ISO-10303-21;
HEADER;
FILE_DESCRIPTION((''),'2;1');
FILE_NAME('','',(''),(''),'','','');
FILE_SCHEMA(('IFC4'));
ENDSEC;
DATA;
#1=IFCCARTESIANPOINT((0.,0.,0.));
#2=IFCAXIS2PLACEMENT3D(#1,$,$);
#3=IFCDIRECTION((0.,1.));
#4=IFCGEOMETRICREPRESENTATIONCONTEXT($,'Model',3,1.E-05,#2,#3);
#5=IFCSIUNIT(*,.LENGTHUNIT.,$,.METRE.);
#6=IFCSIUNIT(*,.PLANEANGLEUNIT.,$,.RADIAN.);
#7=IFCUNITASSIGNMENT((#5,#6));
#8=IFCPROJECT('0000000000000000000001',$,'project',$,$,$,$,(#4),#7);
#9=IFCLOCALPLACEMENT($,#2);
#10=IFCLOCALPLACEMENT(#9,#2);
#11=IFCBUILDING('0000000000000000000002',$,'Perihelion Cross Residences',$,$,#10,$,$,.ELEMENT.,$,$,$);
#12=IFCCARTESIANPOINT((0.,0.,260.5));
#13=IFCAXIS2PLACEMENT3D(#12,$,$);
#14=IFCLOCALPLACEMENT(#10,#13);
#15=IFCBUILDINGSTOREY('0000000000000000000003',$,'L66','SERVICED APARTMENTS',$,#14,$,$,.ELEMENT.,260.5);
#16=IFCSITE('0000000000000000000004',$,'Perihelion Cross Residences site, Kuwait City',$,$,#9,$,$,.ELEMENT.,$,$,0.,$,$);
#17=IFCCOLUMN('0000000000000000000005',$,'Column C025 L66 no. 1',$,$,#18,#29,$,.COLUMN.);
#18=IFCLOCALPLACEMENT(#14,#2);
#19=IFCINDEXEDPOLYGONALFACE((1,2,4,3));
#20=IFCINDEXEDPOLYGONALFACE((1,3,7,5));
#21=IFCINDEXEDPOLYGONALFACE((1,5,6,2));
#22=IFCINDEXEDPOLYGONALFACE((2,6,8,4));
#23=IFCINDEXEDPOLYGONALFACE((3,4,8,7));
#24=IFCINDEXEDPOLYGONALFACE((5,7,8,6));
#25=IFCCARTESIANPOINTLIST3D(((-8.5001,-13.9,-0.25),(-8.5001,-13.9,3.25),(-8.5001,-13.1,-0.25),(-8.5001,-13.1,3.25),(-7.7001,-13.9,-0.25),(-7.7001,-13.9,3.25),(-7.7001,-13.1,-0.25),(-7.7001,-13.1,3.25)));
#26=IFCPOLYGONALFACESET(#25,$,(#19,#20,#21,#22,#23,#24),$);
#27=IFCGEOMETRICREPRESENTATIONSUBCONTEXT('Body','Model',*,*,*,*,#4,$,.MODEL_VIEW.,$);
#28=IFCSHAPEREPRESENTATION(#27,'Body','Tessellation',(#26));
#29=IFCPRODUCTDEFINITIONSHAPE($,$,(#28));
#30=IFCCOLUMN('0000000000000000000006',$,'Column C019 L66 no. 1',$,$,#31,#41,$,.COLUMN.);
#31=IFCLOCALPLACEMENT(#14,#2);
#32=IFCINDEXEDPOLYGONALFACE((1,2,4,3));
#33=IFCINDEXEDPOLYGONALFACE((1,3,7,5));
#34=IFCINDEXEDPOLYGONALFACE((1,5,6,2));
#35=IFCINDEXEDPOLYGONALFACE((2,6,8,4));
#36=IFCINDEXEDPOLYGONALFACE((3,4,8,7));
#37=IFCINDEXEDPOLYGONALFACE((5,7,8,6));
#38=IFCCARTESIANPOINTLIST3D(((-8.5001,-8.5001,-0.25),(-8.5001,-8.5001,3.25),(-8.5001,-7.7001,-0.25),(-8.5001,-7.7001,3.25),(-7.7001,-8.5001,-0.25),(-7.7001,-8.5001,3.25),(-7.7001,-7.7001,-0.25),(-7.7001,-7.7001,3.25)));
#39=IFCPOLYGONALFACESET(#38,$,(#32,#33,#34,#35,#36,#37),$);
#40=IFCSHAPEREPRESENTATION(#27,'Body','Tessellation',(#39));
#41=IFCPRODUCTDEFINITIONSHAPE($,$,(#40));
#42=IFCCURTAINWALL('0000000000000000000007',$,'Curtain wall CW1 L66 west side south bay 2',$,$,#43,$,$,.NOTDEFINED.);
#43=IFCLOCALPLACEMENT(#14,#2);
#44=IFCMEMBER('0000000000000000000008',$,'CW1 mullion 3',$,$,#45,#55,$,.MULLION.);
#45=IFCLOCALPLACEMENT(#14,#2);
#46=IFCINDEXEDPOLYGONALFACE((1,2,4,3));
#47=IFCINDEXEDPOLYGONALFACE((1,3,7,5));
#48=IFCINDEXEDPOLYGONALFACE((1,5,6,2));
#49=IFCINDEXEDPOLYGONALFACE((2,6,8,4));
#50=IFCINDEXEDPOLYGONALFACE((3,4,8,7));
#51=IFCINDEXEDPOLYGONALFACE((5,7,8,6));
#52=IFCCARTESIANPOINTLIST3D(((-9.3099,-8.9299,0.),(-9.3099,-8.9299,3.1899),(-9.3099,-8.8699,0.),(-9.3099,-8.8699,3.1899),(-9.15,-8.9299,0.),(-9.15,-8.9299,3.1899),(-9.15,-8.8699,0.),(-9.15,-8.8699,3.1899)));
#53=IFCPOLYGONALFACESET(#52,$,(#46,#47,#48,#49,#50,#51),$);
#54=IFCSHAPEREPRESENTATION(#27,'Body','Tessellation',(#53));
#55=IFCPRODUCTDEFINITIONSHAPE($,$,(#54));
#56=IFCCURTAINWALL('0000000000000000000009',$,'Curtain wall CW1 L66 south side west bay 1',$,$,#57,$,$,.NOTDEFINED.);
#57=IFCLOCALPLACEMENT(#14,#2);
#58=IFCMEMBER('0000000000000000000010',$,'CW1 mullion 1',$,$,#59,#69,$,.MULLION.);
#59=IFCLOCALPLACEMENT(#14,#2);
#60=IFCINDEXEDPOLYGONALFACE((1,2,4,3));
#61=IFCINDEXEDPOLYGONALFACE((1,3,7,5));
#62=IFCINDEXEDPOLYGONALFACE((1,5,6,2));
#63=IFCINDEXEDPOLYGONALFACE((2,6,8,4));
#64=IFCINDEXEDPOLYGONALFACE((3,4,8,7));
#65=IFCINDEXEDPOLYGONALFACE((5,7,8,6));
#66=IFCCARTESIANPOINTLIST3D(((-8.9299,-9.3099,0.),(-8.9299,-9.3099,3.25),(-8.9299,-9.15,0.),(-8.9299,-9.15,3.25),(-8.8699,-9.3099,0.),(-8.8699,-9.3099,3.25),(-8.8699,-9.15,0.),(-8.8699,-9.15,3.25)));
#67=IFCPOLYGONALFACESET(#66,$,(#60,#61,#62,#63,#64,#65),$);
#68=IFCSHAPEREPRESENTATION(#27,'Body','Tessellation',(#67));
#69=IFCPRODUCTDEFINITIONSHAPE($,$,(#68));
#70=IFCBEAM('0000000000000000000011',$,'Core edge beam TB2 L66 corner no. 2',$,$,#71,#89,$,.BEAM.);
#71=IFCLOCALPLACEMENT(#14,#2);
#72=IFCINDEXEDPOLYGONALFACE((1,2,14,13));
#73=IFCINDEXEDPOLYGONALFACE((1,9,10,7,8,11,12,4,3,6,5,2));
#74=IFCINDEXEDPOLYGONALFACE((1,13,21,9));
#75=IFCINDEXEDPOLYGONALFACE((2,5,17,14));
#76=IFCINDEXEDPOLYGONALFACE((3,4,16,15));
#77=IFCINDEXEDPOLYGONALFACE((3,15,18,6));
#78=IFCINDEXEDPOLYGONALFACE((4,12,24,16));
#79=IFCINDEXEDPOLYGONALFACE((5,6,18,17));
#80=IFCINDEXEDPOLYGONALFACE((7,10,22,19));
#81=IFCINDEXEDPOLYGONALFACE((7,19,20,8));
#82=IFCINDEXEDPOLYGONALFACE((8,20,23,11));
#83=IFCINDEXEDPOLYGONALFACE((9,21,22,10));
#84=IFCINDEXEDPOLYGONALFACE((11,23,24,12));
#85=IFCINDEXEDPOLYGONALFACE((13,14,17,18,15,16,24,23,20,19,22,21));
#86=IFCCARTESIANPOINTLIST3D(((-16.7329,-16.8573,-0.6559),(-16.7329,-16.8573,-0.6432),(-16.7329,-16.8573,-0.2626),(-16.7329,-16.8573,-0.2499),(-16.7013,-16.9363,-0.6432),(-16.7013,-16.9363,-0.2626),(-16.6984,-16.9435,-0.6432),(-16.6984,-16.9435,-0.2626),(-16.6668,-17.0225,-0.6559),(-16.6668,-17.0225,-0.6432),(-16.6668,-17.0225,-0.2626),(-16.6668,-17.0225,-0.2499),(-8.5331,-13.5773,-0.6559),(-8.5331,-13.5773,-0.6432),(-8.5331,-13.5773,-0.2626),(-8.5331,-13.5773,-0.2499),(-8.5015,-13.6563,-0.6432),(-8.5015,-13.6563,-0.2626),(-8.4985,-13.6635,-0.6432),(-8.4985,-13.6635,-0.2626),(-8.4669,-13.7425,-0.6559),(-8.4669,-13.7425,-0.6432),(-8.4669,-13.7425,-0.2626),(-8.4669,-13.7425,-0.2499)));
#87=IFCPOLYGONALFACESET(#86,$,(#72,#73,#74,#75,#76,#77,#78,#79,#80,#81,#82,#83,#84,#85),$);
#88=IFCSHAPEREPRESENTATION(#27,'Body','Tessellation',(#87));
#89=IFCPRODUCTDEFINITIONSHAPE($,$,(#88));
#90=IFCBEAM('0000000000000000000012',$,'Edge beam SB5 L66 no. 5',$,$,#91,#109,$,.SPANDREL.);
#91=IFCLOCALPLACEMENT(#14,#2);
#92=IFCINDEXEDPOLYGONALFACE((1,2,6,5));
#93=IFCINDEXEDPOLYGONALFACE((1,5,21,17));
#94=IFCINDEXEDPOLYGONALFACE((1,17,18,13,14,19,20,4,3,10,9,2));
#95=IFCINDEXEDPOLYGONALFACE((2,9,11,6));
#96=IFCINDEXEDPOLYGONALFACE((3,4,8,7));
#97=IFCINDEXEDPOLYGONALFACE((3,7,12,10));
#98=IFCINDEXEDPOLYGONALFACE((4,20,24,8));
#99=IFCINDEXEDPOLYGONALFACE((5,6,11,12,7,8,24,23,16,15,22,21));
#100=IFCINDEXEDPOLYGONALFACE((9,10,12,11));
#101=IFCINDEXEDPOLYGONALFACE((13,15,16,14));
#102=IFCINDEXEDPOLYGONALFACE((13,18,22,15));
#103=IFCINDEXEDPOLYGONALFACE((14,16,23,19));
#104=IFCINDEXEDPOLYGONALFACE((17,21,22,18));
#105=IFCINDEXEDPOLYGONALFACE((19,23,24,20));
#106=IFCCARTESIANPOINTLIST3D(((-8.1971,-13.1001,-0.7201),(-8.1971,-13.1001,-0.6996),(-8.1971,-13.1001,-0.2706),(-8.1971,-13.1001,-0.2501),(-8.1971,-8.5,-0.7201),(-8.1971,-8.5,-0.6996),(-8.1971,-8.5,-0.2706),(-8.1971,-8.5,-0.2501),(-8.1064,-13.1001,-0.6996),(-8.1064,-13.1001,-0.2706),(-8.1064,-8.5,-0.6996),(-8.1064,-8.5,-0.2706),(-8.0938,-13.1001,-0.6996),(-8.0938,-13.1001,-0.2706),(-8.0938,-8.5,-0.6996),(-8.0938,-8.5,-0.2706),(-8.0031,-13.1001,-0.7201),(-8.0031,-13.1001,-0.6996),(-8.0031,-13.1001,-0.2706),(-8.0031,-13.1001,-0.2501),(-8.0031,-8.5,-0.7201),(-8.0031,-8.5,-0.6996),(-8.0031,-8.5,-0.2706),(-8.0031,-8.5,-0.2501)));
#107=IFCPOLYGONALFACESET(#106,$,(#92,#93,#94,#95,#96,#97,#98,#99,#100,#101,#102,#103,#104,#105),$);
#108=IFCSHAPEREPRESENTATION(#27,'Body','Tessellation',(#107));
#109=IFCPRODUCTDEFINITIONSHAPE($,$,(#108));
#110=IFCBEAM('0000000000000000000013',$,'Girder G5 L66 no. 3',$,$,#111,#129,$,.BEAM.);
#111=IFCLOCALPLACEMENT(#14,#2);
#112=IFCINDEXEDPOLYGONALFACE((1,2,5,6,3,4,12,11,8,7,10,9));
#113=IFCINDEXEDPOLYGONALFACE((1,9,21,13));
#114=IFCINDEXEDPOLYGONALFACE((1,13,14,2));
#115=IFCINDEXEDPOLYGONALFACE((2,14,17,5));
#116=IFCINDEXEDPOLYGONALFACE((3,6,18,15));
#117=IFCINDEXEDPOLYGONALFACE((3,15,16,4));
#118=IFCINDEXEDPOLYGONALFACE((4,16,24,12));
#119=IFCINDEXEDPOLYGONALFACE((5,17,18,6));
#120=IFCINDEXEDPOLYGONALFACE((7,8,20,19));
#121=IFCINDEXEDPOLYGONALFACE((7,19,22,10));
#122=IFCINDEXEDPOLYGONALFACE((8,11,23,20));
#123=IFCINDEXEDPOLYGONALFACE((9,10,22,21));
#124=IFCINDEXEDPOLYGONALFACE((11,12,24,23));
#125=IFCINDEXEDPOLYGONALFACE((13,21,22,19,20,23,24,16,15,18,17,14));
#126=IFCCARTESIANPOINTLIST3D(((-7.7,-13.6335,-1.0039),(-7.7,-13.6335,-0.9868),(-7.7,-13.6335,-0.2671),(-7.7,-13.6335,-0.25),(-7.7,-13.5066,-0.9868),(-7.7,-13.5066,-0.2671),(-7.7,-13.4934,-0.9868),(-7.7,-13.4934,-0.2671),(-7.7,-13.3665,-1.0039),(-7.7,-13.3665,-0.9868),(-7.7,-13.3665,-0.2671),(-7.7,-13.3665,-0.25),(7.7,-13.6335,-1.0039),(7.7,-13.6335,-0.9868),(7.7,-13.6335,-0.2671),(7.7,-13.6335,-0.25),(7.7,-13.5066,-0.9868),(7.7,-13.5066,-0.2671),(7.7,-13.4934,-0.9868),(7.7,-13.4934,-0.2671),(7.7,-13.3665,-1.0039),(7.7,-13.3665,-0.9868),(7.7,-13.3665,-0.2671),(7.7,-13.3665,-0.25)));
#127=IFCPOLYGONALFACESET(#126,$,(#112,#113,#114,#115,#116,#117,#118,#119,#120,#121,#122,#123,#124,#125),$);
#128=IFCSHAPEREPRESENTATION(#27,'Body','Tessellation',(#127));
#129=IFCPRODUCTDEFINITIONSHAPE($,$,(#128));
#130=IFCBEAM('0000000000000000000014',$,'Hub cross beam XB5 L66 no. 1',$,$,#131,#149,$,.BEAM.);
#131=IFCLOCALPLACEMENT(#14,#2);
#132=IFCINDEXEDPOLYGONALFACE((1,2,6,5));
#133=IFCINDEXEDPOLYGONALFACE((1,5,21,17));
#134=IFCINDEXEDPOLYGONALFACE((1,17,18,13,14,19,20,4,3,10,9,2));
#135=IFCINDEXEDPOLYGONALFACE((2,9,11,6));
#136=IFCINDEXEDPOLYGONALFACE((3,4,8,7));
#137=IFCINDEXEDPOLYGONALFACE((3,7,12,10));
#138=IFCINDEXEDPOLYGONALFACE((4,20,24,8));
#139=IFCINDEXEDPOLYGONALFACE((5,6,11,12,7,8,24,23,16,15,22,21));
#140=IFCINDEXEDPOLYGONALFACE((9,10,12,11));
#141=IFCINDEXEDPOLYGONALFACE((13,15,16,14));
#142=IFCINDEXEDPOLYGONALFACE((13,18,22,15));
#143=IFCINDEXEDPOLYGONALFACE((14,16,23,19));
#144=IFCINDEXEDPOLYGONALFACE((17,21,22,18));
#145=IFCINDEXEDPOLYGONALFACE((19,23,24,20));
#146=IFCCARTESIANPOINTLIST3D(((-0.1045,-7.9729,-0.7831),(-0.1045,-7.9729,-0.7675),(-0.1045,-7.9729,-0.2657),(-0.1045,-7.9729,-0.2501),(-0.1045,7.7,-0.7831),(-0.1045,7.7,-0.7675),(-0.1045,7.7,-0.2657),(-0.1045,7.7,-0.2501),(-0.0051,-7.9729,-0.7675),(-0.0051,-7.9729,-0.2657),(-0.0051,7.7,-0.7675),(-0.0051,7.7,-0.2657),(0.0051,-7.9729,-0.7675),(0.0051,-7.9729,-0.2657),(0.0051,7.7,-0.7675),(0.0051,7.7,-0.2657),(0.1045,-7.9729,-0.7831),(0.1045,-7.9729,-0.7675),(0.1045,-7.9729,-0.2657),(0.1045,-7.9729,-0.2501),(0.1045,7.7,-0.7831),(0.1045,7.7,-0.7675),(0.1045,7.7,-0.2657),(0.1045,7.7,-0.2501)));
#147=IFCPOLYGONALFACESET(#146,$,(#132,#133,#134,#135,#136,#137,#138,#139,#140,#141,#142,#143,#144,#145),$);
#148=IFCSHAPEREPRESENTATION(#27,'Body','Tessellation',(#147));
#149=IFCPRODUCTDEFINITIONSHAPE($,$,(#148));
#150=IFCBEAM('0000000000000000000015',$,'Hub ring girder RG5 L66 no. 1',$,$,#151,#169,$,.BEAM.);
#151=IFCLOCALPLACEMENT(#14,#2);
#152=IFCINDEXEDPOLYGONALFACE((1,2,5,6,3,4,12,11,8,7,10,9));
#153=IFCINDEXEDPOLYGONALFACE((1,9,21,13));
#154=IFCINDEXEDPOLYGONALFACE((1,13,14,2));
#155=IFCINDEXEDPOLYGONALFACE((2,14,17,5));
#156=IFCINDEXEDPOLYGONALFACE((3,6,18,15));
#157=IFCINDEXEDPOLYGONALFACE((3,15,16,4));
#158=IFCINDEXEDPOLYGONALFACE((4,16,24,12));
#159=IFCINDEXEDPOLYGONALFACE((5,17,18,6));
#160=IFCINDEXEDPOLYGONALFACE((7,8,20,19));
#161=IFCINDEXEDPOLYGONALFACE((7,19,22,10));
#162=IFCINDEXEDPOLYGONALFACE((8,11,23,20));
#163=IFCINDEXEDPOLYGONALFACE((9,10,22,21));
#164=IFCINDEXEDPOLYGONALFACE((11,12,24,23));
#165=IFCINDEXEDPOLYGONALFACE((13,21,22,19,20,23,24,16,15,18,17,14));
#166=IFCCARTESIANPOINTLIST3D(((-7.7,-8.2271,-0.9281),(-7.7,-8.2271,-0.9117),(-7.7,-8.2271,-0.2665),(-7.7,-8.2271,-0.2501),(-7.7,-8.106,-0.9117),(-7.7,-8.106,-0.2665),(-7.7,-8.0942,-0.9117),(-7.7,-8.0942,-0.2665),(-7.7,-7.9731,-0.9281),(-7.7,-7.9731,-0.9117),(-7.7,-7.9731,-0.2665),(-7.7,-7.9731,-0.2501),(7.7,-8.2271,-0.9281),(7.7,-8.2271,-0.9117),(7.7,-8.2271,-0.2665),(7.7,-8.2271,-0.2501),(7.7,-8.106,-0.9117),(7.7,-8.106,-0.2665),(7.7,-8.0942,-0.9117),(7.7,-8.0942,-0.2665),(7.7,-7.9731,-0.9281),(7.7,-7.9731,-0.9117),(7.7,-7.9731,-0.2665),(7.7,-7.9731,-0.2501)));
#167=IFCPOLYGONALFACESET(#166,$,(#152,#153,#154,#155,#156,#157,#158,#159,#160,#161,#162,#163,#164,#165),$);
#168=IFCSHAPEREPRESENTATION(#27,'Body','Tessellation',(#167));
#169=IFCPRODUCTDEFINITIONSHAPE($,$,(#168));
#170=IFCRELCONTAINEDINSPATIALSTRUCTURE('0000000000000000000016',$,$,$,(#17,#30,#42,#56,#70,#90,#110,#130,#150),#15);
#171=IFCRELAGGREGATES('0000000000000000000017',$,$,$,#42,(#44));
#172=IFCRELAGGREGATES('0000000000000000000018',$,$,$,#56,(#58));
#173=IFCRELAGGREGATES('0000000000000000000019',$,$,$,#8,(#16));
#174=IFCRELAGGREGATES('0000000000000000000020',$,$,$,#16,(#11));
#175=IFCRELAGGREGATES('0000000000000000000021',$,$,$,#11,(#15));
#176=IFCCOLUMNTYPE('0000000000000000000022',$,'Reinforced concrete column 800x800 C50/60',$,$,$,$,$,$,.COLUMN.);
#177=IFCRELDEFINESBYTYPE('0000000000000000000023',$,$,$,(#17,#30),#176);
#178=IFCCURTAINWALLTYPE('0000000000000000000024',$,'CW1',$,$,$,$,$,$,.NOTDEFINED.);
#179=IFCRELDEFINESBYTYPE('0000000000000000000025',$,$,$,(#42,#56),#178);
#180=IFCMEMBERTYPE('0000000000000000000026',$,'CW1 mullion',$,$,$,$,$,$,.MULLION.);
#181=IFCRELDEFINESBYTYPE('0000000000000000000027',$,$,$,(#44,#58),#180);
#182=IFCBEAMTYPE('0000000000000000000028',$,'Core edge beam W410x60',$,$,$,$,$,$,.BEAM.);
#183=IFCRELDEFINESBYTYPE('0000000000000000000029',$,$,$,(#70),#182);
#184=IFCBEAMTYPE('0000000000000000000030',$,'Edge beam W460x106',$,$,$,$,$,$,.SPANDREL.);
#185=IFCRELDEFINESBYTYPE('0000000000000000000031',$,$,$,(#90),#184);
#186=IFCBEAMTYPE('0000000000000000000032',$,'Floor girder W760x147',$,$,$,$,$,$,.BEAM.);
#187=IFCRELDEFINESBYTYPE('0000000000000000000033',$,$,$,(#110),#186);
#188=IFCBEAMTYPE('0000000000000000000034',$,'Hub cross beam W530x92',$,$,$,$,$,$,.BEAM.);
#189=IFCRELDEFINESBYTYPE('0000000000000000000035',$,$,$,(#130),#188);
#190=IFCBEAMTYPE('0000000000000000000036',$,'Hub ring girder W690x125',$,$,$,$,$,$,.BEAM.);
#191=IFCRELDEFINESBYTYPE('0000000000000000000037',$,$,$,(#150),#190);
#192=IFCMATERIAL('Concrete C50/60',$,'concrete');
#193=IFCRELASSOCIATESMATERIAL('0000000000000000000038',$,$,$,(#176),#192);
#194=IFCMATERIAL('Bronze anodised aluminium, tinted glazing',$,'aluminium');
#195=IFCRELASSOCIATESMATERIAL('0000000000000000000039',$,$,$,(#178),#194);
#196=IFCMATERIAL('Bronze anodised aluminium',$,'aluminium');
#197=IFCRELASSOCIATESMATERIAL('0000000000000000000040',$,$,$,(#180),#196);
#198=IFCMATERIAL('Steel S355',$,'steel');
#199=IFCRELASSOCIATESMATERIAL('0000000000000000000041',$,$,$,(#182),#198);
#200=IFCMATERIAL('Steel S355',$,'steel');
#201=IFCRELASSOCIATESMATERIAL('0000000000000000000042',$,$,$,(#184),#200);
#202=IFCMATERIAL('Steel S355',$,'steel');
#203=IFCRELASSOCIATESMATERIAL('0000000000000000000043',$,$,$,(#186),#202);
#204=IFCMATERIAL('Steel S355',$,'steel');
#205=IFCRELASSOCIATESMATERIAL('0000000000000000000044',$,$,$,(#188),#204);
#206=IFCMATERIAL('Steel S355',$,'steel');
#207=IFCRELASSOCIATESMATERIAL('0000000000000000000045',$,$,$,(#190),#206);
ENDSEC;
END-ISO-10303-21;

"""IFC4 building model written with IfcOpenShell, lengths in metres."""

from ifc_helpers import new_model, si_unit, direction, frame, origin, origin_2d, place, context, subcontext, project, spatial, rectangle, i_section, extrude, material, material_profile, profile_set, type_object, element, aggregate, save


model = new_model("IFC4")

# Units and contexts
model_context = context("Model", 3, precision=1e-05, world=origin(), true_north=direction((0.0, 1.0)))
body_context = subcontext(model_context, "Body", "Model", "MODEL_VIEW")
ifc_project = project(units=[si_unit("LENGTHUNIT", "METRE"), si_unit("PLANEANGLEUNIT", "RADIAN")], contexts=[model_context])

# Site, building, storey
site_placement = place(None, origin())
site = spatial("IfcSite", under=ifc_project, at=site_placement, Name="Perihelion Cross Residences site, Kuwait City", CompositionType="ELEMENT", RefElevation=0.0)
building_placement = place(site_placement, origin())
building = spatial("IfcBuilding", under=site, at=building_placement, Name="Perihelion Cross Residences", CompositionType="ELEMENT")
storey_placement = place(building_placement, frame((0.0, 0.0, 260.5)))
storey = spatial("IfcBuildingStorey", under=building, at=storey_placement, Name="L66", Description="SERVICED APARTMENTS", CompositionType="ELEMENT", Elevation=260.5)

# Columns
ifc_material_1 = material(Name="Concrete C50/60", Category="concrete")
ifc_material_profile_1 = material_profile(ifc_material_1, rectangle(XDim=0.8, YDim=0.8, at=origin_2d()), Name="RC 800x800")
ifc_profile_set_1 = profile_set([ifc_material_profile_1], Name="Concrete C50/60")
column_type = type_object("IfcColumnType", Name="Reinforced concrete column 800x800 C50/60", PredefinedType="COLUMN", material=ifc_profile_set_1)
for number, where, z_axis, x_axis, name in (
    (1, (-8.1001, -13.5, -0.25), (0.0, 0.0, 1.0), (1.0, 0.0, 0.0), "Column C025 L66 no. 1"),
    (2, (-8.1001, -8.1001, -0.25), (0.0, 0.0, 1.0), (1.0, 0.0, 0.0), "Column C019 L66 no. 1"),
):
    element("IfcColumn", number, at=place(storey_placement, frame(where, z_axis=z_axis, x_axis=x_axis)), inside=storey, type_object=column_type, Name=name, PredefinedType="COLUMN", context=body_context, shape_type="SweptSolid", body=[
        extrude(rectangle(XDim=0.8, YDim=0.8, at=origin_2d()), origin(), (0.0, 0.0, 1.0), 3.5),
    ])

# Curtain walls, members
ifc_material_2 = material(Name="Bronze anodised aluminium, tinted glazing", Category="aluminium")
curtain_wall_type = type_object("IfcCurtainWallType", Name="CW1", PredefinedType="NOTDEFINED", material=ifc_material_2)
curtain_wall_1_placement = place(storey_placement, origin())
curtain_wall_1 = element("IfcCurtainWall", 3, at=curtain_wall_1_placement, inside=storey, type_object=curtain_wall_type, Name="Curtain wall CW1 L66 west side south bay 2", PredefinedType="NOTDEFINED")
ifc_material_3 = material(Name="Bronze anodised aluminium", Category="aluminium")
ifc_material_profile_2 = material_profile(ifc_material_3, rectangle(XDim=0.0601, YDim=0.1599, at=origin_2d()), Name="CW1 mullion")
ifc_profile_set_2 = profile_set([ifc_material_profile_2], Name="Bronze anodised aluminium")
member_type = type_object("IfcMemberType", Name="CW1 mullion", PredefinedType="MULLION", material=ifc_profile_set_2)
member_1_placement = place(storey_placement, frame((-9.23, -8.8999, 0.0), z_axis=(0.0, 0.0, 1.0), x_axis=(0.0, 1.0, 0.0)))
member_1 = element("IfcMember", 4, at=member_1_placement, type_object=member_type, Name="CW1 mullion 3", PredefinedType="MULLION", context=body_context, shape_type="SweptSolid", body=[
    extrude(rectangle(XDim=0.0601, YDim=0.1599, at=origin_2d()), origin(), (0.0, 0.0, 1.0), 3.1899),
])
curtain_wall_2_placement = place(storey_placement, origin())
curtain_wall_2 = element("IfcCurtainWall", 5, at=curtain_wall_2_placement, inside=storey, type_object=curtain_wall_type, Name="Curtain wall CW1 L66 south side west bay 1", PredefinedType="NOTDEFINED")
member_2_placement = place(storey_placement, frame((-8.8999, -9.23, 0.0), z_axis=(0.0, 0.0, 1.0), x_axis=(1.0, 0.0, 0.0)))
member_2 = element("IfcMember", 6, at=member_2_placement, type_object=member_type, Name="CW1 mullion 1", PredefinedType="MULLION", context=body_context, shape_type="SweptSolid", body=[
    extrude(rectangle(XDim=0.0601, YDim=0.1599, at=origin_2d()), origin(), (0.0, 0.0, 1.0), 3.25),
])

# Beams
ifc_material_4 = material(Name="Steel S355", Category="steel")
ifc_material_profile_3 = material_profile(ifc_material_4, i_section(OverallWidth=0.178, OverallDepth=0.406, WebThickness=0.0078, FlangeThickness=0.0127, at=origin_2d()), Name="W410x60")
ifc_profile_set_3 = profile_set([ifc_material_profile_3], Name="Steel S355")
beam_type_1 = type_object("IfcBeamType", Name="Core edge beam W410x60", PredefinedType="BEAM", material=ifc_profile_set_3)
beam_1_placement = place(storey_placement, frame((-8.5, -13.6599, -0.4529), z_axis=(-0.928475, -0.371395, 0.0), x_axis=(0.371395, -0.928475, 0.0)))
element("IfcBeam", 7, at=beam_1_placement, inside=storey, type_object=beam_type_1, Name="Core edge beam TB2 L66 corner no. 2", PredefinedType="BEAM", context=body_context, shape_type="SweptSolid", body=[
    extrude(i_section(OverallWidth=0.178, OverallDepth=0.406, WebThickness=0.0078, FlangeThickness=0.0127, at=origin_2d()), origin(), (0.0, 0.0, 1.0), 8.8315),
])
ifc_material_5 = material(Name="Steel S355", Category="steel")
ifc_material_profile_4 = material_profile(ifc_material_5, i_section(OverallWidth=0.1941, OverallDepth=0.47, WebThickness=0.0127, FlangeThickness=0.0205, at=origin_2d()), Name="W460x106")
ifc_profile_set_4 = profile_set([ifc_material_profile_4], Name="Steel S355")
beam_type_2 = type_object("IfcBeamType", Name="Edge beam W460x106", PredefinedType="SPANDREL", material=ifc_profile_set_4)
beam_2_placement = place(storey_placement, frame((-8.1001, -8.5, -0.4851), z_axis=(0.0, -1.0, 0.0), x_axis=(1.0, 0.0, 0.0)))
element("IfcBeam", 8, at=beam_2_placement, inside=storey, type_object=beam_type_2, Name="Edge beam SB5 L66 no. 5", PredefinedType="SPANDREL", context=body_context, shape_type="SweptSolid", body=[
    extrude(i_section(OverallWidth=0.1941, OverallDepth=0.47, WebThickness=0.0127, FlangeThickness=0.0205, at=origin_2d()), origin(), (0.0, 0.0, 1.0), 4.6001),
])
ifc_material_6 = material(Name="Steel S355", Category="steel")
ifc_material_profile_5 = material_profile(ifc_material_6, i_section(OverallWidth=0.2671, OverallDepth=0.7539, WebThickness=0.0132, FlangeThickness=0.0171, at=origin_2d()), Name="W760x147")
ifc_profile_set_5 = profile_set([ifc_material_profile_5], Name="Steel S355")
beam_type_3 = type_object("IfcBeamType", Name="Floor girder W760x147", PredefinedType="BEAM", material=ifc_profile_set_5)
beam_3_placement = place(storey_placement, frame((-7.7, -13.5, -0.627), z_axis=(1.0, 0.0, 0.0), x_axis=(0.0, 1.0, 0.0)))
element("IfcBeam", 9, at=beam_3_placement, inside=storey, type_object=beam_type_3, Name="Girder G5 L66 no. 3", PredefinedType="BEAM", context=body_context, shape_type="SweptSolid", body=[
    extrude(i_section(OverallWidth=0.2671, OverallDepth=0.7539, WebThickness=0.0132, FlangeThickness=0.0171, at=origin_2d()), origin(), (0.0, 0.0, 1.0), 15.3999),
])
ifc_material_7 = material(Name="Steel S355", Category="steel")
ifc_material_profile_6 = material_profile(ifc_material_7, i_section(OverallWidth=0.209, OverallDepth=0.533, WebThickness=0.0103, FlangeThickness=0.0156, at=origin_2d()), Name="W530x92")
ifc_profile_set_6 = profile_set([ifc_material_profile_6], Name="Steel S355")
beam_type_4 = type_object("IfcBeamType", Name="Hub cross beam W530x92", PredefinedType="BEAM", material=ifc_profile_set_6)
beam_4_placement = place(storey_placement, frame((0.0, -7.9729, -0.5166), z_axis=(0.0, 1.0, 0.0), x_axis=(-1.0, 0.0, 0.0)))
element("IfcBeam", 10, at=beam_4_placement, inside=storey, type_object=beam_type_4, Name="Hub cross beam XB5 L66 no. 1", PredefinedType="BEAM", context=body_context, shape_type="SweptSolid", body=[
    extrude(i_section(OverallWidth=0.209, OverallDepth=0.533, WebThickness=0.0103, FlangeThickness=0.0156, at=origin_2d()), origin(), (0.0, 0.0, 1.0), 15.6729),
])
ifc_material_8 = material(Name="Steel S355", Category="steel")
ifc_material_profile_7 = material_profile(ifc_material_8, i_section(OverallWidth=0.2539, OverallDepth=0.678, WebThickness=0.0117, FlangeThickness=0.0164, at=origin_2d()), Name="W690x125")
ifc_profile_set_7 = profile_set([ifc_material_profile_7], Name="Steel S355")
beam_type_5 = type_object("IfcBeamType", Name="Hub ring girder W690x125", PredefinedType="BEAM", material=ifc_profile_set_7)
beam_5_placement = place(storey_placement, frame((-7.7, -8.1001, -0.5891), z_axis=(1.0, 0.0, 0.0), x_axis=(0.0, 1.0, 0.0)))
element("IfcBeam", 11, at=beam_5_placement, inside=storey, type_object=beam_type_5, Name="Hub ring girder RG5 L66 no. 1", PredefinedType="BEAM", context=body_context, shape_type="SweptSolid", body=[
    extrude(i_section(OverallWidth=0.2539, OverallDepth=0.678, WebThickness=0.0117, FlangeThickness=0.0164, at=origin_2d()), origin(), (0.0, 0.0, 1.0), 15.3999),
])

aggregate(curtain_wall_1, [member_1])
aggregate(curtain_wall_2, [member_2])

save(model, "model.ifc")
